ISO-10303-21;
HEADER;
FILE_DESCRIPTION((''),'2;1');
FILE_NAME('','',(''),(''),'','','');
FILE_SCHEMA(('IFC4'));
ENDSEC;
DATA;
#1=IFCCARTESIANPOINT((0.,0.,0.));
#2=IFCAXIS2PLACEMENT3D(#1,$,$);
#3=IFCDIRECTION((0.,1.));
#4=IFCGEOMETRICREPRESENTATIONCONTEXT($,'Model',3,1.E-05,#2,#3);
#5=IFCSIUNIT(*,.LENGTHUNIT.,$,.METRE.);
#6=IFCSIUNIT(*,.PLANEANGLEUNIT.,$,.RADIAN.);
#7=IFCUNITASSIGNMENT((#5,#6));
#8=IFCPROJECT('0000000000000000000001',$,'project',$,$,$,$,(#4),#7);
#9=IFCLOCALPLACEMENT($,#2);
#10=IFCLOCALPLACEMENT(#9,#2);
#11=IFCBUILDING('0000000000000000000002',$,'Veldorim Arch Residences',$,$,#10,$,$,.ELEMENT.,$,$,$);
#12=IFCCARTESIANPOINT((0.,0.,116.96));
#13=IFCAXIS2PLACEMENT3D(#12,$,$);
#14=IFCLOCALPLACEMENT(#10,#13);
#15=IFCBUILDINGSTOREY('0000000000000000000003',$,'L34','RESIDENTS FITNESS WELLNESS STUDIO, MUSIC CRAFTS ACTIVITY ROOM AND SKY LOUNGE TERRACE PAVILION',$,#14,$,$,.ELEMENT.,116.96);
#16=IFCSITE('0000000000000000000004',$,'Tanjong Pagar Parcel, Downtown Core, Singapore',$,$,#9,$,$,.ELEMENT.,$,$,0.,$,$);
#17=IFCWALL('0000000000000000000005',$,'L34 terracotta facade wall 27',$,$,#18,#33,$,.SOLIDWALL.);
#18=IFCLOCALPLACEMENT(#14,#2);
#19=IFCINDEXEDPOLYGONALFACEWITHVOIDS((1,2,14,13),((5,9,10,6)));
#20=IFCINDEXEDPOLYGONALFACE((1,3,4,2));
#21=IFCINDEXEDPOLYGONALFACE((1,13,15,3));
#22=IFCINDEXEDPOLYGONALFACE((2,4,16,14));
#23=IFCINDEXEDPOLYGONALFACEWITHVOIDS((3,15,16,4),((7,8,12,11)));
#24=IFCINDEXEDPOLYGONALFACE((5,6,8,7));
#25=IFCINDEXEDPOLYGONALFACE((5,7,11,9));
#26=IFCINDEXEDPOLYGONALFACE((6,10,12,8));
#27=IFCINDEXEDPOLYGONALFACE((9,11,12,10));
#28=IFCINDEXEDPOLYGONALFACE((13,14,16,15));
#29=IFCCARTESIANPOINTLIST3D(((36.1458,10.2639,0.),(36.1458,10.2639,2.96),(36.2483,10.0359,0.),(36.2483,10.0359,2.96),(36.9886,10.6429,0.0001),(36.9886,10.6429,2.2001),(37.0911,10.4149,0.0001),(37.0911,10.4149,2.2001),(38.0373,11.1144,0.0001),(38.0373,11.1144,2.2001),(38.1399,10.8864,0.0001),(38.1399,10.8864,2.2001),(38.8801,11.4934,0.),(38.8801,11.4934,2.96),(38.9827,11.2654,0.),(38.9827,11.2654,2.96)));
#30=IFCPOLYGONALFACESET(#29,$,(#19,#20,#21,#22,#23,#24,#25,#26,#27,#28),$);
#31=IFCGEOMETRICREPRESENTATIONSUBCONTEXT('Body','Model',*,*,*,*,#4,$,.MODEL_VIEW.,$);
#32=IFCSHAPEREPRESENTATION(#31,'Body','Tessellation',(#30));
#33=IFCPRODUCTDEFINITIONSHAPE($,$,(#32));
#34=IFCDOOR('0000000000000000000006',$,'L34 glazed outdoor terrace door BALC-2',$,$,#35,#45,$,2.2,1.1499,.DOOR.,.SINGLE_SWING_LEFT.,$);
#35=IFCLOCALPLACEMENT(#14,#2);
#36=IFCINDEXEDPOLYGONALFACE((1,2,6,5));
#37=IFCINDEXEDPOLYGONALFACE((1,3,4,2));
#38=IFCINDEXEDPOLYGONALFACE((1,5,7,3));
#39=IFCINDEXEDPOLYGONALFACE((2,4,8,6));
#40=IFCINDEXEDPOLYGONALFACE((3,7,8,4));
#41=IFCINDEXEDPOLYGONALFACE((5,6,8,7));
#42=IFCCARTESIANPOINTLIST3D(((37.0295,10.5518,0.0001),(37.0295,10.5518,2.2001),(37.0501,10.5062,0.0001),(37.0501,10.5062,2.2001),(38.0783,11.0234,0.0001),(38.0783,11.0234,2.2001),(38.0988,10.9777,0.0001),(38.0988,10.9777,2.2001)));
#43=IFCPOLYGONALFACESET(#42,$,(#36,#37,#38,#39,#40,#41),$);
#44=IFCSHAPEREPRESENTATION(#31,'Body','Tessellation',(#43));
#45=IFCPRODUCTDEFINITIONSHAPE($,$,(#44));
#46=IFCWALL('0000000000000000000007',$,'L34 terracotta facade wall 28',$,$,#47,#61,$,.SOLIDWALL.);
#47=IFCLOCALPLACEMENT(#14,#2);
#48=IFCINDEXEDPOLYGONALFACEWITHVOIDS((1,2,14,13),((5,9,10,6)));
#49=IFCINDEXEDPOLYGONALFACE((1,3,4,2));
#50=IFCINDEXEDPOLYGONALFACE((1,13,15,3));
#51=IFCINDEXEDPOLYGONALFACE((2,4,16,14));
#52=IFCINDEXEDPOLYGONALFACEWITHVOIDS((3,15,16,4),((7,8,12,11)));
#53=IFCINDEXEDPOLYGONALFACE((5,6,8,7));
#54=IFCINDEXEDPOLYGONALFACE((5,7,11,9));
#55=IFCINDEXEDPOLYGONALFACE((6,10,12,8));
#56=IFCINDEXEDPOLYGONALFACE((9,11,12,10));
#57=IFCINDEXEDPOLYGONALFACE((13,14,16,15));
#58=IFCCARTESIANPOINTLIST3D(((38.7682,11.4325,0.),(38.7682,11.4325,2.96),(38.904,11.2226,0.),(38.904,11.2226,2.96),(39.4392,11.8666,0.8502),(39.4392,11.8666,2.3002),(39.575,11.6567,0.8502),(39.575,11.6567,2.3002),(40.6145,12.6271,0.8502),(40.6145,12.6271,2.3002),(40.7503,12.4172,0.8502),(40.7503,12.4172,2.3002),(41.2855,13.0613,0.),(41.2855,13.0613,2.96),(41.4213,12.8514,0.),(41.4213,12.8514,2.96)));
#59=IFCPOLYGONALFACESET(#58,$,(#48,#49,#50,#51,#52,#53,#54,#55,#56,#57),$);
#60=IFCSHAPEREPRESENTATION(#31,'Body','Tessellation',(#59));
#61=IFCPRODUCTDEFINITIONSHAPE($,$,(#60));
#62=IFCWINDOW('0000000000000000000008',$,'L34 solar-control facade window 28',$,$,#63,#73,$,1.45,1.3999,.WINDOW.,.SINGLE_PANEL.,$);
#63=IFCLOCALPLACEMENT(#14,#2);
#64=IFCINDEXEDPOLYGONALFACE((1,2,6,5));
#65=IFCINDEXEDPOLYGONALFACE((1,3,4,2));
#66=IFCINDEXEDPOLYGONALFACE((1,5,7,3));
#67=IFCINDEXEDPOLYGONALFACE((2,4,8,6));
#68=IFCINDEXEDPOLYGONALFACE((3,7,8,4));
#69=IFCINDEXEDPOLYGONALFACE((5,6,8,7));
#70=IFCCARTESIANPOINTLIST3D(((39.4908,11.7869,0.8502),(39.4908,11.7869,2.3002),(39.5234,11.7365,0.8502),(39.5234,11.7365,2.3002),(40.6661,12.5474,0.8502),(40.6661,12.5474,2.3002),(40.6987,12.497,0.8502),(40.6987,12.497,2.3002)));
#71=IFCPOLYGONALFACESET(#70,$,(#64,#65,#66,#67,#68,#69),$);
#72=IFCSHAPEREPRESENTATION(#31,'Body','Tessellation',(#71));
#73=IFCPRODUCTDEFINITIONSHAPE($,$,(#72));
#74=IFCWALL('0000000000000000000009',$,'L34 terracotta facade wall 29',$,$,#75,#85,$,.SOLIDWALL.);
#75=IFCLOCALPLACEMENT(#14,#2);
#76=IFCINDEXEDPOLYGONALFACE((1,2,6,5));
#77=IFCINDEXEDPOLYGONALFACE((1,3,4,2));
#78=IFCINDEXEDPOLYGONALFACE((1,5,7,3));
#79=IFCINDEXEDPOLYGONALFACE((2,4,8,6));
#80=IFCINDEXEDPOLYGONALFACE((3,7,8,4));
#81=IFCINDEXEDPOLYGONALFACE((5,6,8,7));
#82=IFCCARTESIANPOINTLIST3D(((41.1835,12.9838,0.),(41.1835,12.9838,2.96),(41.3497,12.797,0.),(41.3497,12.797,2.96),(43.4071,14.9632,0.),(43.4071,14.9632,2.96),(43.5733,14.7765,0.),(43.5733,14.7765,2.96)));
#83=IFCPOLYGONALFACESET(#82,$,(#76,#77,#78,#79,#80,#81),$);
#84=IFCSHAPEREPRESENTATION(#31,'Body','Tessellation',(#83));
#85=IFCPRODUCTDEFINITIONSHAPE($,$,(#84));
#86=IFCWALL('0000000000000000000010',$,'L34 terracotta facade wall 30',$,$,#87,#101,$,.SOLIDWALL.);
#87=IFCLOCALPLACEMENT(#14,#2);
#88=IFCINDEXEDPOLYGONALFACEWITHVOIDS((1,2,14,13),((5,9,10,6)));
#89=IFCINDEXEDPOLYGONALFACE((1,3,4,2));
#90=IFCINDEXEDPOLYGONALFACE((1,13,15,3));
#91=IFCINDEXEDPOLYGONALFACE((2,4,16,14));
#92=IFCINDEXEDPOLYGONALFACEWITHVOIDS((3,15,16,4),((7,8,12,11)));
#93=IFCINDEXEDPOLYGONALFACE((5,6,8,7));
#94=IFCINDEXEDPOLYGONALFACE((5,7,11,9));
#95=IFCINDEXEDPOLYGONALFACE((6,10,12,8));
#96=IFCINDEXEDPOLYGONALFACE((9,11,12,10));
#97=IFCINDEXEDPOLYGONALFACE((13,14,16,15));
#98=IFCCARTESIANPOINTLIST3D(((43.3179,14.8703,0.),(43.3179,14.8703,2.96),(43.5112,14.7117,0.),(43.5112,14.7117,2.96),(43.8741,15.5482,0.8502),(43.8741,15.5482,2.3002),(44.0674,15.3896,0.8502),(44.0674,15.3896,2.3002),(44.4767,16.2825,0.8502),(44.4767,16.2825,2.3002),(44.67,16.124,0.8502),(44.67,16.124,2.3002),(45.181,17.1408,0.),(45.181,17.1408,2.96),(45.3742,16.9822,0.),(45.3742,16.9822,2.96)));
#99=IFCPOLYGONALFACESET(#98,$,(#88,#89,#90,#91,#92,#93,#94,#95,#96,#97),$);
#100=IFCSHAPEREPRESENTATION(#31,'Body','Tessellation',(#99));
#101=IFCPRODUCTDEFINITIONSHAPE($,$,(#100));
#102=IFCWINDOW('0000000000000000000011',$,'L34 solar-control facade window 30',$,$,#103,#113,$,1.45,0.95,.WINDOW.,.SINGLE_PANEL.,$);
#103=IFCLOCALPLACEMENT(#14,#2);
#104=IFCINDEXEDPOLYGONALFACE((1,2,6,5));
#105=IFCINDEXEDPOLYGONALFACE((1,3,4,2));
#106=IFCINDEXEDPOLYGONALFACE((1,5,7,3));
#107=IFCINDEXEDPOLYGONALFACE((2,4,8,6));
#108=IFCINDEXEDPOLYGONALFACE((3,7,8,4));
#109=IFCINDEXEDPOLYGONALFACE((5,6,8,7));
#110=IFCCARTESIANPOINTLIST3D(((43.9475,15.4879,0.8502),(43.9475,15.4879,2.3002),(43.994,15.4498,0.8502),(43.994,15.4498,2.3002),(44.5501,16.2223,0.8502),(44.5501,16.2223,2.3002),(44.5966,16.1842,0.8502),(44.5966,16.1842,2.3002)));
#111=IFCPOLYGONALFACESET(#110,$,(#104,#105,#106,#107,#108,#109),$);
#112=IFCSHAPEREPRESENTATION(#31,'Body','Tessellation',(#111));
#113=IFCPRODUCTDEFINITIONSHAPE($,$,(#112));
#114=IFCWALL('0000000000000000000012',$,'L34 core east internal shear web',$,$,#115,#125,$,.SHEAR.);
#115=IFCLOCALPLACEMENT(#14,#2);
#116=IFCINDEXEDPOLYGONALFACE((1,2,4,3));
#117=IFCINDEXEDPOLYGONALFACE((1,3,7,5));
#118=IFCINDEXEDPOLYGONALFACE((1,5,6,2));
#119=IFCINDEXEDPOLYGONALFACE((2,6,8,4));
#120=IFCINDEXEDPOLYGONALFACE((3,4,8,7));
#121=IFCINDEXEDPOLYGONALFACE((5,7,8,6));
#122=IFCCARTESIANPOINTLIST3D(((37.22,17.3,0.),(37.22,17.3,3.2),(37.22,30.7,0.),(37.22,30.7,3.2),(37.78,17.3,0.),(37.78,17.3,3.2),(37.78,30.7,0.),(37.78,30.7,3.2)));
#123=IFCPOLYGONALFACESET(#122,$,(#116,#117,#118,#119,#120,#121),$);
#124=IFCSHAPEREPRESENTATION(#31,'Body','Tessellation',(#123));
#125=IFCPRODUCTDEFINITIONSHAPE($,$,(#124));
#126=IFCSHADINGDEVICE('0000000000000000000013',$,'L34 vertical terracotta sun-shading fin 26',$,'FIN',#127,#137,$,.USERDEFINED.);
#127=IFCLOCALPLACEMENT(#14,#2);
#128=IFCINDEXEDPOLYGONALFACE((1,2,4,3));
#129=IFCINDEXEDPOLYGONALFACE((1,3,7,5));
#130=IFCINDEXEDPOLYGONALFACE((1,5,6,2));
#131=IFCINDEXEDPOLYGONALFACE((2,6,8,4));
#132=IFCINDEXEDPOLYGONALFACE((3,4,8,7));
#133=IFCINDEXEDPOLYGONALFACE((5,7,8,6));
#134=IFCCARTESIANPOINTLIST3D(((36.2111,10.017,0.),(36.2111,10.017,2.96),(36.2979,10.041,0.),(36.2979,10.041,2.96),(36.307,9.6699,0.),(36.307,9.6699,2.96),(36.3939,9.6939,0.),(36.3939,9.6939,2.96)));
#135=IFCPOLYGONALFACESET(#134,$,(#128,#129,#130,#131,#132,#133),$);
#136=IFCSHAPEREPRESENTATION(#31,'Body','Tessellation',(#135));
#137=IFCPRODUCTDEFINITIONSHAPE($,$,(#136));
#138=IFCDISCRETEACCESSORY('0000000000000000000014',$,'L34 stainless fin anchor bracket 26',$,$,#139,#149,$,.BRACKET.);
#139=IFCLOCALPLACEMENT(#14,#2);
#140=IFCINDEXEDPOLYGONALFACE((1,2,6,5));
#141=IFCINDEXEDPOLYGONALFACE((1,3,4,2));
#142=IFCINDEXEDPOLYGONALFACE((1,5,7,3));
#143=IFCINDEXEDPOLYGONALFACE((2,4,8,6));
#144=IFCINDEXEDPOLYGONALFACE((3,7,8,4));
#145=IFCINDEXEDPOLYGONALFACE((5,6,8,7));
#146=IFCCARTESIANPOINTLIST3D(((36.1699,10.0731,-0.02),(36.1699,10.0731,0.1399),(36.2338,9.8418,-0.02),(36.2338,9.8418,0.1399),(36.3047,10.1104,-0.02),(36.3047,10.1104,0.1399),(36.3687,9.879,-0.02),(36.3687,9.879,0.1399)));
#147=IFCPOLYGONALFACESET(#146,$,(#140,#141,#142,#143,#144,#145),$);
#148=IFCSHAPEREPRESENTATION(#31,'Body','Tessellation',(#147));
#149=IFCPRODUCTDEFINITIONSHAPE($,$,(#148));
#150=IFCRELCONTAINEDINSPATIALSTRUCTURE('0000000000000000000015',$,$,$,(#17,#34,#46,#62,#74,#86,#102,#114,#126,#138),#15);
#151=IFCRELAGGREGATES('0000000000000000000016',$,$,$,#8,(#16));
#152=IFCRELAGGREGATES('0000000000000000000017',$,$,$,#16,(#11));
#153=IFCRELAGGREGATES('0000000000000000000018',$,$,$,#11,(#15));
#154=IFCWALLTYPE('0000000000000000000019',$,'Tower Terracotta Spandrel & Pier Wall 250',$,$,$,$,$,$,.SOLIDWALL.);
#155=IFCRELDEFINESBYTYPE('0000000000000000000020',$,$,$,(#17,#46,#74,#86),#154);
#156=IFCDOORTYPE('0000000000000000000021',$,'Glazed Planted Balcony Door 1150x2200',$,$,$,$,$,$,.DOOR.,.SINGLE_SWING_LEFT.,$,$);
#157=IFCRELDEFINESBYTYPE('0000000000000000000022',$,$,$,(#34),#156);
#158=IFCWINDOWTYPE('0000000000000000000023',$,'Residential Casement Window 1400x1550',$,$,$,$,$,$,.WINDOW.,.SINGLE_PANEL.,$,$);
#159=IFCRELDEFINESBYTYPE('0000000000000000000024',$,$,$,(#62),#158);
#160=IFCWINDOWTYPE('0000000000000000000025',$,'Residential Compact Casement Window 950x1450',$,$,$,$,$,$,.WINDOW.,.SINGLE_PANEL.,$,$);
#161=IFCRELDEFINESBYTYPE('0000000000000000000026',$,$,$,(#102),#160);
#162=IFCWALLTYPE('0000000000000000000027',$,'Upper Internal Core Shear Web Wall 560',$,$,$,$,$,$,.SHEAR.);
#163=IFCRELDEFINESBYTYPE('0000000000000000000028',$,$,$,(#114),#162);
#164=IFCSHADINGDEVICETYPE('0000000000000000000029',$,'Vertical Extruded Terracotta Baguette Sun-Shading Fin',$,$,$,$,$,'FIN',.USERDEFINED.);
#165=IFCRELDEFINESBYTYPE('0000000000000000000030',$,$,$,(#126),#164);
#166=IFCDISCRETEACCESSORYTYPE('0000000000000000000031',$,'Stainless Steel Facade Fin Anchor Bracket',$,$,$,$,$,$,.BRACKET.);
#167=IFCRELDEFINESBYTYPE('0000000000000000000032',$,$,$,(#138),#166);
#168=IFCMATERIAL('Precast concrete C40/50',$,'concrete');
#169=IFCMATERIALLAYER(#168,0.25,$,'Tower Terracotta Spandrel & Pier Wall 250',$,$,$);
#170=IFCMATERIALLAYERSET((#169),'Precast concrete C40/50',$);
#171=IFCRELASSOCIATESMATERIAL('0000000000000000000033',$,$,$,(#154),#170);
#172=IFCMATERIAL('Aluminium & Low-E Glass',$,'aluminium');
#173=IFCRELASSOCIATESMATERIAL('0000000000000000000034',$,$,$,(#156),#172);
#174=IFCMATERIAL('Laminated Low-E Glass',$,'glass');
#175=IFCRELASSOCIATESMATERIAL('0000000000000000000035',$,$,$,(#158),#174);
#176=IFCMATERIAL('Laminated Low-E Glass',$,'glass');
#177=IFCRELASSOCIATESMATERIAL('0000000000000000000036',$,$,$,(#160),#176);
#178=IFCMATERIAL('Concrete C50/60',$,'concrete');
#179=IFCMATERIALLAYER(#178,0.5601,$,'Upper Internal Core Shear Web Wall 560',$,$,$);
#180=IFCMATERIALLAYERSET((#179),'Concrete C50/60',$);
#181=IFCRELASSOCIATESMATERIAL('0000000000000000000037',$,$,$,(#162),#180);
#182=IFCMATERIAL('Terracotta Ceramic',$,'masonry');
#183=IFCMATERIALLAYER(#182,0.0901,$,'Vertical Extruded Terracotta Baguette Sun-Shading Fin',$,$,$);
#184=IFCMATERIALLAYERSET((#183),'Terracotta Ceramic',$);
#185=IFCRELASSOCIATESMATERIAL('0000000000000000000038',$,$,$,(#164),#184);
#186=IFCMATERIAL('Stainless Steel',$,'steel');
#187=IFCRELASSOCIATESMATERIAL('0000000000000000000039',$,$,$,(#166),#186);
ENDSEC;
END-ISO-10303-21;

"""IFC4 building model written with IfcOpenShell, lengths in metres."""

from ifc_helpers import new_model, si_unit, direction, frame, frame_2d, origin, origin_2d, place, context, subcontext, project, spatial, rectangle, extrude, material, layer, layer_set, type_object, element, fill, save


model = new_model("IFC4")

# Units and contexts
model_context = context("Model", 3, precision=1e-05, world=origin(), true_north=direction((0.0, 1.0)))
body_context = subcontext(model_context, "Body", "Model", "MODEL_VIEW")
ifc_project = project(units=[si_unit("LENGTHUNIT", "METRE"), si_unit("PLANEANGLEUNIT", "RADIAN")], contexts=[model_context])

# Site, building, storey
site_placement = place(None, origin())
site = spatial("IfcSite", under=ifc_project, at=site_placement, Name="Tanjong Pagar Parcel, Downtown Core, Singapore", CompositionType="ELEMENT", RefElevation=0.0)
building_placement = place(site_placement, origin())
building = spatial("IfcBuilding", under=site, at=building_placement, Name="Veldorim Arch Residences", CompositionType="ELEMENT")
storey_placement = place(building_placement, frame((0.0, 0.0, 116.96)))
storey = spatial("IfcBuildingStorey", under=building, at=storey_placement, Name="L34", Description="RESIDENTS FITNESS WELLNESS STUDIO, MUSIC CRAFTS ACTIVITY ROOM AND SKY LOUNGE TERRACE PAVILION", CompositionType="ELEMENT", Elevation=116.96)

# Wall, opening, door
ifc_material_1 = material(Name="Precast concrete C40/50", Category="concrete")
ifc_layer_1 = layer(ifc_material_1, 0.25, Name="Tower Terracotta Spandrel & Pier Wall 250")
ifc_layer_set_1 = layer_set([ifc_layer_1], Name="Precast concrete C40/50")
wall_type_1 = type_object("IfcWallType", Name="Tower Terracotta Spandrel & Pier Wall 250", PredefinedType="SOLIDWALL", material=ifc_layer_set_1)
wall_1_placement = place(storey_placement, frame((38.9314, 11.3794, 0.0), z_axis=(0.0, 0.0, 1.0), x_axis=(-0.912043, -0.410094, 0.0)))
wall_1 = element("IfcWall", 1, at=wall_1_placement, inside=storey, type_object=wall_type_1, Name="L34 terracotta facade wall 27", PredefinedType="SOLIDWALL", context=body_context, shape_type="SweptSolid", body=[
    extrude(rectangle(XDim=2.998, YDim=0.25, at=frame_2d((1.499, 0.0))), origin(), (0.0, 0.0, 1.0), 2.96),
])
opening_1_placement = place(wall_1_placement, frame((0.9241, 0.0, 0.0)))
opening_1 = element("IfcOpeningElement", 2, at=opening_1_placement, cuts=wall_1, PredefinedType="OPENING", context=body_context, shape_type="SweptSolid", body=[
    extrude(rectangle(XDim=1.1499, YDim=2.2, at=frame_2d((0.575, 1.1001))), frame((0.0, 0.135, 0.0), z_axis=(0.0, -1.0, 0.0), x_axis=(1.0, 0.0, 0.0)), (0.0, 0.0, 1.0), 0.27),
])
ifc_material_2 = material(Name="Aluminium & Low-E Glass", Category="aluminium")
door_type_1 = type_object("IfcDoorType", Name="Glazed Planted Balcony Door 1150x2200", OperationType="SINGLE_SWING_LEFT", PredefinedType="DOOR", material=ifc_material_2)
door_1_placement = place(opening_1_placement, origin())
door_1 = element("IfcDoor", 3, at=door_1_placement, inside=storey, type_object=door_type_1, Name="L34 glazed outdoor terrace door BALC-2", OperationType="SINGLE_SWING_LEFT", OverallHeight=2.2, OverallWidth=1.1499, PredefinedType="DOOR", context=body_context, shape_type="SweptSolid", body=[
    extrude(rectangle(XDim=1.1499, YDim=2.2, at=frame_2d((0.575, 1.1001))), frame((0.0, 0.0249, 0.0), z_axis=(0.0, -1.0, 0.0), x_axis=(1.0, 0.0, 0.0)), (0.0, 0.0, 1.0), 0.05),
])
fill(opening_1, door_1)

# Wall, opening, window
wall_2_placement = place(storey_placement, frame((41.3533, 12.9563, 0.0), z_axis=(0.0, 0.0, 1.0), x_axis=(-0.839564, -0.543261, 0.0)))
wall_2 = element("IfcWall", 4, at=wall_2_placement, inside=storey, type_object=wall_type_1, Name="L34 terracotta facade wall 28", PredefinedType="SOLIDWALL", context=body_context, shape_type="SweptSolid", body=[
    extrude(rectangle(XDim=2.9983, YDim=0.25, at=frame_2d((1.499, 0.0))), origin(), (0.0, 0.0, 1.0), 2.96),
])
opening_2_placement = place(wall_2_placement, frame((0.7991, 0.0, 0.8501)))
opening_2 = element("IfcOpeningElement", 5, at=opening_2_placement, cuts=wall_2, PredefinedType="OPENING", context=body_context, shape_type="SweptSolid", body=[
    extrude(rectangle(XDim=1.3999, YDim=1.45, at=frame_2d((0.7, 0.7251))), frame((0.0, 0.135, 0.0), z_axis=(0.0, -1.0, 0.0), x_axis=(1.0, 0.0, 0.0)), (0.0, 0.0, 1.0), 0.27),
])
ifc_material_3 = material(Name="Laminated Low-E Glass", Category="glass")
window_type_1 = type_object("IfcWindowType", Name="Residential Casement Window 1400x1550", PartitioningType="SINGLE_PANEL", PredefinedType="WINDOW", material=ifc_material_3)
window_1_placement = place(opening_2_placement, origin())
window_1 = element("IfcWindow", 6, at=window_1_placement, inside=storey, type_object=window_type_1, Name="L34 solar-control facade window 28", OverallHeight=1.45, OverallWidth=1.3999, PartitioningType="SINGLE_PANEL", PredefinedType="WINDOW", context=body_context, shape_type="SweptSolid", body=[
    extrude(rectangle(XDim=1.3999, YDim=1.45, at=frame_2d((0.7, 0.7251))), frame((0.0, 0.03, 0.0), z_axis=(0.0, -1.0, 0.0), x_axis=(1.0, 0.0, 0.0)), (0.0, 0.0, 1.0), 0.0601),
])
fill(opening_2, window_1)

# Wall
wall_3_placement = place(storey_placement, frame((43.4902, 14.8699, 0.0), z_axis=(0.0, 0.0, 1.0), x_axis=(-0.74692, -0.664913, 0.0)))
element("IfcWall", 7, at=wall_3_placement, inside=storey, type_object=wall_type_1, Name="L34 terracotta facade wall 29", PredefinedType="SOLIDWALL", context=body_context, shape_type="SweptSolid", body=[
    extrude(rectangle(XDim=2.9771, YDim=0.25, at=frame_2d((1.4885, 0.0))), origin(), (0.0, 0.0, 1.0), 2.96),
])

# Wall, opening, window
wall_4_placement = place(storey_placement, frame((45.2776, 17.0615, 0.0), z_axis=(0.0, 0.0, 1.0), x_axis=(-0.634328, -0.773064, 0.0)))
wall_4 = element("IfcWall", 8, at=wall_4_placement, inside=storey, type_object=wall_type_1, Name="L34 terracotta facade wall 30", PredefinedType="SOLIDWALL", context=body_context, shape_type="SweptSolid", body=[
    extrude(rectangle(XDim=2.937, YDim=0.25, at=frame_2d((1.4685, 0.0))), origin(), (0.0, 0.0, 1.0), 2.96),
])
opening_3_placement = place(wall_4_placement, frame((1.1101, 0.0, 0.8501)))
opening_3 = element("IfcOpeningElement", 9, at=opening_3_placement, cuts=wall_4, PredefinedType="OPENING", context=body_context, shape_type="SweptSolid", body=[
    extrude(rectangle(XDim=0.95, YDim=1.45, at=frame_2d((0.4751, 0.7251))), frame((0.0, 0.135, 0.0), z_axis=(0.0, -1.0, 0.0), x_axis=(1.0, 0.0, 0.0)), (0.0, 0.0, 1.0), 0.27),
])
ifc_material_4 = material(Name="Laminated Low-E Glass", Category="glass")
window_type_2 = type_object("IfcWindowType", Name="Residential Compact Casement Window 950x1450", PartitioningType="SINGLE_PANEL", PredefinedType="WINDOW", material=ifc_material_4)
window_2_placement = place(opening_3_placement, origin())
window_2 = element("IfcWindow", 10, at=window_2_placement, inside=storey, type_object=window_type_2, Name="L34 solar-control facade window 30", OverallHeight=1.45, OverallWidth=0.95, PartitioningType="SINGLE_PANEL", PredefinedType="WINDOW", context=body_context, shape_type="SweptSolid", body=[
    extrude(rectangle(XDim=0.95, YDim=1.45, at=frame_2d((0.4751, 0.7251))), frame((0.0, 0.03, 0.0), z_axis=(0.0, -1.0, 0.0), x_axis=(1.0, 0.0, 0.0)), (0.0, 0.0, 1.0), 0.0601),
])
fill(opening_3, window_2)

# Wall
ifc_material_5 = material(Name="Concrete C50/60", Category="concrete")
ifc_layer_2 = layer(ifc_material_5, 0.5601, Name="Upper Internal Core Shear Web Wall 560")
ifc_layer_set_2 = layer_set([ifc_layer_2], Name="Concrete C50/60")
wall_type_2 = type_object("IfcWallType", Name="Upper Internal Core Shear Web Wall 560", PredefinedType="SHEAR", material=ifc_layer_set_2)
wall_5_placement = place(storey_placement, frame((37.5, 17.3, 0.0), z_axis=(0.0, 0.0, 1.0), x_axis=(0.0, 1.0, 0.0)))
element("IfcWall", 11, at=wall_5_placement, inside=storey, type_object=wall_type_2, Name="L34 core east internal shear web", PredefinedType="SHEAR", context=body_context, shape_type="SweptSolid", body=[
    extrude(rectangle(XDim=13.3999, YDim=0.5601, at=frame_2d((6.7, 0.0))), origin(), (0.0, 0.0, 1.0), 3.2),
])

# Shading device
ifc_material_6 = material(Name="Terracotta Ceramic", Category="masonry")
ifc_layer_3 = layer(ifc_material_6, 0.0901, Name="Vertical Extruded Terracotta Baguette Sun-Shading Fin")
ifc_layer_set_3 = layer_set([ifc_layer_3], Name="Terracotta Ceramic")
shading_device_type = type_object("IfcShadingDeviceType", Name="Vertical Extruded Terracotta Baguette Sun-Shading Fin", ElementType="FIN", PredefinedType="USERDEFINED", material=ifc_layer_set_3)
shading_device_placement = place(storey_placement, frame((36.3025, 9.8555, 0.0), z_axis=(0.0, 0.0, 1.0), x_axis=(-0.963863, -0.266397, 0.0)))
element("IfcShadingDevice", 12, at=shading_device_placement, inside=storey, type_object=shading_device_type, Name="L34 vertical terracotta sun-shading fin 26", ObjectType="FIN", PredefinedType="USERDEFINED", context=body_context, shape_type="SweptSolid", body=[
    extrude(rectangle(XDim=0.0901, YDim=0.3601, at=origin_2d()), origin(), (0.0, 0.0, 1.0), 2.96),
])

# Discrete accessory
ifc_material_7 = material(Name="Stainless Steel", Category="steel")
discrete_accessory_type = type_object("IfcDiscreteAccessoryType", Name="Stainless Steel Facade Fin Anchor Bracket", PredefinedType="BRACKET", material=ifc_material_7)
discrete_accessory_placement = place(storey_placement, frame((36.2693, 9.9761, -0.02), z_axis=(0.0, 0.0, 1.0), x_axis=(-0.963863, -0.266397, 0.0)))
element("IfcDiscreteAccessory", 13, at=discrete_accessory_placement, inside=storey, type_object=discrete_accessory_type, Name="L34 stainless fin anchor bracket 26", PredefinedType="BRACKET", context=body_context, shape_type="SweptSolid", body=[
    extrude(rectangle(XDim=0.1399, YDim=0.24, at=origin_2d()), origin(), (0.0, 0.0, 1.0), 0.1599),
])

save(model, "model.ifc")
